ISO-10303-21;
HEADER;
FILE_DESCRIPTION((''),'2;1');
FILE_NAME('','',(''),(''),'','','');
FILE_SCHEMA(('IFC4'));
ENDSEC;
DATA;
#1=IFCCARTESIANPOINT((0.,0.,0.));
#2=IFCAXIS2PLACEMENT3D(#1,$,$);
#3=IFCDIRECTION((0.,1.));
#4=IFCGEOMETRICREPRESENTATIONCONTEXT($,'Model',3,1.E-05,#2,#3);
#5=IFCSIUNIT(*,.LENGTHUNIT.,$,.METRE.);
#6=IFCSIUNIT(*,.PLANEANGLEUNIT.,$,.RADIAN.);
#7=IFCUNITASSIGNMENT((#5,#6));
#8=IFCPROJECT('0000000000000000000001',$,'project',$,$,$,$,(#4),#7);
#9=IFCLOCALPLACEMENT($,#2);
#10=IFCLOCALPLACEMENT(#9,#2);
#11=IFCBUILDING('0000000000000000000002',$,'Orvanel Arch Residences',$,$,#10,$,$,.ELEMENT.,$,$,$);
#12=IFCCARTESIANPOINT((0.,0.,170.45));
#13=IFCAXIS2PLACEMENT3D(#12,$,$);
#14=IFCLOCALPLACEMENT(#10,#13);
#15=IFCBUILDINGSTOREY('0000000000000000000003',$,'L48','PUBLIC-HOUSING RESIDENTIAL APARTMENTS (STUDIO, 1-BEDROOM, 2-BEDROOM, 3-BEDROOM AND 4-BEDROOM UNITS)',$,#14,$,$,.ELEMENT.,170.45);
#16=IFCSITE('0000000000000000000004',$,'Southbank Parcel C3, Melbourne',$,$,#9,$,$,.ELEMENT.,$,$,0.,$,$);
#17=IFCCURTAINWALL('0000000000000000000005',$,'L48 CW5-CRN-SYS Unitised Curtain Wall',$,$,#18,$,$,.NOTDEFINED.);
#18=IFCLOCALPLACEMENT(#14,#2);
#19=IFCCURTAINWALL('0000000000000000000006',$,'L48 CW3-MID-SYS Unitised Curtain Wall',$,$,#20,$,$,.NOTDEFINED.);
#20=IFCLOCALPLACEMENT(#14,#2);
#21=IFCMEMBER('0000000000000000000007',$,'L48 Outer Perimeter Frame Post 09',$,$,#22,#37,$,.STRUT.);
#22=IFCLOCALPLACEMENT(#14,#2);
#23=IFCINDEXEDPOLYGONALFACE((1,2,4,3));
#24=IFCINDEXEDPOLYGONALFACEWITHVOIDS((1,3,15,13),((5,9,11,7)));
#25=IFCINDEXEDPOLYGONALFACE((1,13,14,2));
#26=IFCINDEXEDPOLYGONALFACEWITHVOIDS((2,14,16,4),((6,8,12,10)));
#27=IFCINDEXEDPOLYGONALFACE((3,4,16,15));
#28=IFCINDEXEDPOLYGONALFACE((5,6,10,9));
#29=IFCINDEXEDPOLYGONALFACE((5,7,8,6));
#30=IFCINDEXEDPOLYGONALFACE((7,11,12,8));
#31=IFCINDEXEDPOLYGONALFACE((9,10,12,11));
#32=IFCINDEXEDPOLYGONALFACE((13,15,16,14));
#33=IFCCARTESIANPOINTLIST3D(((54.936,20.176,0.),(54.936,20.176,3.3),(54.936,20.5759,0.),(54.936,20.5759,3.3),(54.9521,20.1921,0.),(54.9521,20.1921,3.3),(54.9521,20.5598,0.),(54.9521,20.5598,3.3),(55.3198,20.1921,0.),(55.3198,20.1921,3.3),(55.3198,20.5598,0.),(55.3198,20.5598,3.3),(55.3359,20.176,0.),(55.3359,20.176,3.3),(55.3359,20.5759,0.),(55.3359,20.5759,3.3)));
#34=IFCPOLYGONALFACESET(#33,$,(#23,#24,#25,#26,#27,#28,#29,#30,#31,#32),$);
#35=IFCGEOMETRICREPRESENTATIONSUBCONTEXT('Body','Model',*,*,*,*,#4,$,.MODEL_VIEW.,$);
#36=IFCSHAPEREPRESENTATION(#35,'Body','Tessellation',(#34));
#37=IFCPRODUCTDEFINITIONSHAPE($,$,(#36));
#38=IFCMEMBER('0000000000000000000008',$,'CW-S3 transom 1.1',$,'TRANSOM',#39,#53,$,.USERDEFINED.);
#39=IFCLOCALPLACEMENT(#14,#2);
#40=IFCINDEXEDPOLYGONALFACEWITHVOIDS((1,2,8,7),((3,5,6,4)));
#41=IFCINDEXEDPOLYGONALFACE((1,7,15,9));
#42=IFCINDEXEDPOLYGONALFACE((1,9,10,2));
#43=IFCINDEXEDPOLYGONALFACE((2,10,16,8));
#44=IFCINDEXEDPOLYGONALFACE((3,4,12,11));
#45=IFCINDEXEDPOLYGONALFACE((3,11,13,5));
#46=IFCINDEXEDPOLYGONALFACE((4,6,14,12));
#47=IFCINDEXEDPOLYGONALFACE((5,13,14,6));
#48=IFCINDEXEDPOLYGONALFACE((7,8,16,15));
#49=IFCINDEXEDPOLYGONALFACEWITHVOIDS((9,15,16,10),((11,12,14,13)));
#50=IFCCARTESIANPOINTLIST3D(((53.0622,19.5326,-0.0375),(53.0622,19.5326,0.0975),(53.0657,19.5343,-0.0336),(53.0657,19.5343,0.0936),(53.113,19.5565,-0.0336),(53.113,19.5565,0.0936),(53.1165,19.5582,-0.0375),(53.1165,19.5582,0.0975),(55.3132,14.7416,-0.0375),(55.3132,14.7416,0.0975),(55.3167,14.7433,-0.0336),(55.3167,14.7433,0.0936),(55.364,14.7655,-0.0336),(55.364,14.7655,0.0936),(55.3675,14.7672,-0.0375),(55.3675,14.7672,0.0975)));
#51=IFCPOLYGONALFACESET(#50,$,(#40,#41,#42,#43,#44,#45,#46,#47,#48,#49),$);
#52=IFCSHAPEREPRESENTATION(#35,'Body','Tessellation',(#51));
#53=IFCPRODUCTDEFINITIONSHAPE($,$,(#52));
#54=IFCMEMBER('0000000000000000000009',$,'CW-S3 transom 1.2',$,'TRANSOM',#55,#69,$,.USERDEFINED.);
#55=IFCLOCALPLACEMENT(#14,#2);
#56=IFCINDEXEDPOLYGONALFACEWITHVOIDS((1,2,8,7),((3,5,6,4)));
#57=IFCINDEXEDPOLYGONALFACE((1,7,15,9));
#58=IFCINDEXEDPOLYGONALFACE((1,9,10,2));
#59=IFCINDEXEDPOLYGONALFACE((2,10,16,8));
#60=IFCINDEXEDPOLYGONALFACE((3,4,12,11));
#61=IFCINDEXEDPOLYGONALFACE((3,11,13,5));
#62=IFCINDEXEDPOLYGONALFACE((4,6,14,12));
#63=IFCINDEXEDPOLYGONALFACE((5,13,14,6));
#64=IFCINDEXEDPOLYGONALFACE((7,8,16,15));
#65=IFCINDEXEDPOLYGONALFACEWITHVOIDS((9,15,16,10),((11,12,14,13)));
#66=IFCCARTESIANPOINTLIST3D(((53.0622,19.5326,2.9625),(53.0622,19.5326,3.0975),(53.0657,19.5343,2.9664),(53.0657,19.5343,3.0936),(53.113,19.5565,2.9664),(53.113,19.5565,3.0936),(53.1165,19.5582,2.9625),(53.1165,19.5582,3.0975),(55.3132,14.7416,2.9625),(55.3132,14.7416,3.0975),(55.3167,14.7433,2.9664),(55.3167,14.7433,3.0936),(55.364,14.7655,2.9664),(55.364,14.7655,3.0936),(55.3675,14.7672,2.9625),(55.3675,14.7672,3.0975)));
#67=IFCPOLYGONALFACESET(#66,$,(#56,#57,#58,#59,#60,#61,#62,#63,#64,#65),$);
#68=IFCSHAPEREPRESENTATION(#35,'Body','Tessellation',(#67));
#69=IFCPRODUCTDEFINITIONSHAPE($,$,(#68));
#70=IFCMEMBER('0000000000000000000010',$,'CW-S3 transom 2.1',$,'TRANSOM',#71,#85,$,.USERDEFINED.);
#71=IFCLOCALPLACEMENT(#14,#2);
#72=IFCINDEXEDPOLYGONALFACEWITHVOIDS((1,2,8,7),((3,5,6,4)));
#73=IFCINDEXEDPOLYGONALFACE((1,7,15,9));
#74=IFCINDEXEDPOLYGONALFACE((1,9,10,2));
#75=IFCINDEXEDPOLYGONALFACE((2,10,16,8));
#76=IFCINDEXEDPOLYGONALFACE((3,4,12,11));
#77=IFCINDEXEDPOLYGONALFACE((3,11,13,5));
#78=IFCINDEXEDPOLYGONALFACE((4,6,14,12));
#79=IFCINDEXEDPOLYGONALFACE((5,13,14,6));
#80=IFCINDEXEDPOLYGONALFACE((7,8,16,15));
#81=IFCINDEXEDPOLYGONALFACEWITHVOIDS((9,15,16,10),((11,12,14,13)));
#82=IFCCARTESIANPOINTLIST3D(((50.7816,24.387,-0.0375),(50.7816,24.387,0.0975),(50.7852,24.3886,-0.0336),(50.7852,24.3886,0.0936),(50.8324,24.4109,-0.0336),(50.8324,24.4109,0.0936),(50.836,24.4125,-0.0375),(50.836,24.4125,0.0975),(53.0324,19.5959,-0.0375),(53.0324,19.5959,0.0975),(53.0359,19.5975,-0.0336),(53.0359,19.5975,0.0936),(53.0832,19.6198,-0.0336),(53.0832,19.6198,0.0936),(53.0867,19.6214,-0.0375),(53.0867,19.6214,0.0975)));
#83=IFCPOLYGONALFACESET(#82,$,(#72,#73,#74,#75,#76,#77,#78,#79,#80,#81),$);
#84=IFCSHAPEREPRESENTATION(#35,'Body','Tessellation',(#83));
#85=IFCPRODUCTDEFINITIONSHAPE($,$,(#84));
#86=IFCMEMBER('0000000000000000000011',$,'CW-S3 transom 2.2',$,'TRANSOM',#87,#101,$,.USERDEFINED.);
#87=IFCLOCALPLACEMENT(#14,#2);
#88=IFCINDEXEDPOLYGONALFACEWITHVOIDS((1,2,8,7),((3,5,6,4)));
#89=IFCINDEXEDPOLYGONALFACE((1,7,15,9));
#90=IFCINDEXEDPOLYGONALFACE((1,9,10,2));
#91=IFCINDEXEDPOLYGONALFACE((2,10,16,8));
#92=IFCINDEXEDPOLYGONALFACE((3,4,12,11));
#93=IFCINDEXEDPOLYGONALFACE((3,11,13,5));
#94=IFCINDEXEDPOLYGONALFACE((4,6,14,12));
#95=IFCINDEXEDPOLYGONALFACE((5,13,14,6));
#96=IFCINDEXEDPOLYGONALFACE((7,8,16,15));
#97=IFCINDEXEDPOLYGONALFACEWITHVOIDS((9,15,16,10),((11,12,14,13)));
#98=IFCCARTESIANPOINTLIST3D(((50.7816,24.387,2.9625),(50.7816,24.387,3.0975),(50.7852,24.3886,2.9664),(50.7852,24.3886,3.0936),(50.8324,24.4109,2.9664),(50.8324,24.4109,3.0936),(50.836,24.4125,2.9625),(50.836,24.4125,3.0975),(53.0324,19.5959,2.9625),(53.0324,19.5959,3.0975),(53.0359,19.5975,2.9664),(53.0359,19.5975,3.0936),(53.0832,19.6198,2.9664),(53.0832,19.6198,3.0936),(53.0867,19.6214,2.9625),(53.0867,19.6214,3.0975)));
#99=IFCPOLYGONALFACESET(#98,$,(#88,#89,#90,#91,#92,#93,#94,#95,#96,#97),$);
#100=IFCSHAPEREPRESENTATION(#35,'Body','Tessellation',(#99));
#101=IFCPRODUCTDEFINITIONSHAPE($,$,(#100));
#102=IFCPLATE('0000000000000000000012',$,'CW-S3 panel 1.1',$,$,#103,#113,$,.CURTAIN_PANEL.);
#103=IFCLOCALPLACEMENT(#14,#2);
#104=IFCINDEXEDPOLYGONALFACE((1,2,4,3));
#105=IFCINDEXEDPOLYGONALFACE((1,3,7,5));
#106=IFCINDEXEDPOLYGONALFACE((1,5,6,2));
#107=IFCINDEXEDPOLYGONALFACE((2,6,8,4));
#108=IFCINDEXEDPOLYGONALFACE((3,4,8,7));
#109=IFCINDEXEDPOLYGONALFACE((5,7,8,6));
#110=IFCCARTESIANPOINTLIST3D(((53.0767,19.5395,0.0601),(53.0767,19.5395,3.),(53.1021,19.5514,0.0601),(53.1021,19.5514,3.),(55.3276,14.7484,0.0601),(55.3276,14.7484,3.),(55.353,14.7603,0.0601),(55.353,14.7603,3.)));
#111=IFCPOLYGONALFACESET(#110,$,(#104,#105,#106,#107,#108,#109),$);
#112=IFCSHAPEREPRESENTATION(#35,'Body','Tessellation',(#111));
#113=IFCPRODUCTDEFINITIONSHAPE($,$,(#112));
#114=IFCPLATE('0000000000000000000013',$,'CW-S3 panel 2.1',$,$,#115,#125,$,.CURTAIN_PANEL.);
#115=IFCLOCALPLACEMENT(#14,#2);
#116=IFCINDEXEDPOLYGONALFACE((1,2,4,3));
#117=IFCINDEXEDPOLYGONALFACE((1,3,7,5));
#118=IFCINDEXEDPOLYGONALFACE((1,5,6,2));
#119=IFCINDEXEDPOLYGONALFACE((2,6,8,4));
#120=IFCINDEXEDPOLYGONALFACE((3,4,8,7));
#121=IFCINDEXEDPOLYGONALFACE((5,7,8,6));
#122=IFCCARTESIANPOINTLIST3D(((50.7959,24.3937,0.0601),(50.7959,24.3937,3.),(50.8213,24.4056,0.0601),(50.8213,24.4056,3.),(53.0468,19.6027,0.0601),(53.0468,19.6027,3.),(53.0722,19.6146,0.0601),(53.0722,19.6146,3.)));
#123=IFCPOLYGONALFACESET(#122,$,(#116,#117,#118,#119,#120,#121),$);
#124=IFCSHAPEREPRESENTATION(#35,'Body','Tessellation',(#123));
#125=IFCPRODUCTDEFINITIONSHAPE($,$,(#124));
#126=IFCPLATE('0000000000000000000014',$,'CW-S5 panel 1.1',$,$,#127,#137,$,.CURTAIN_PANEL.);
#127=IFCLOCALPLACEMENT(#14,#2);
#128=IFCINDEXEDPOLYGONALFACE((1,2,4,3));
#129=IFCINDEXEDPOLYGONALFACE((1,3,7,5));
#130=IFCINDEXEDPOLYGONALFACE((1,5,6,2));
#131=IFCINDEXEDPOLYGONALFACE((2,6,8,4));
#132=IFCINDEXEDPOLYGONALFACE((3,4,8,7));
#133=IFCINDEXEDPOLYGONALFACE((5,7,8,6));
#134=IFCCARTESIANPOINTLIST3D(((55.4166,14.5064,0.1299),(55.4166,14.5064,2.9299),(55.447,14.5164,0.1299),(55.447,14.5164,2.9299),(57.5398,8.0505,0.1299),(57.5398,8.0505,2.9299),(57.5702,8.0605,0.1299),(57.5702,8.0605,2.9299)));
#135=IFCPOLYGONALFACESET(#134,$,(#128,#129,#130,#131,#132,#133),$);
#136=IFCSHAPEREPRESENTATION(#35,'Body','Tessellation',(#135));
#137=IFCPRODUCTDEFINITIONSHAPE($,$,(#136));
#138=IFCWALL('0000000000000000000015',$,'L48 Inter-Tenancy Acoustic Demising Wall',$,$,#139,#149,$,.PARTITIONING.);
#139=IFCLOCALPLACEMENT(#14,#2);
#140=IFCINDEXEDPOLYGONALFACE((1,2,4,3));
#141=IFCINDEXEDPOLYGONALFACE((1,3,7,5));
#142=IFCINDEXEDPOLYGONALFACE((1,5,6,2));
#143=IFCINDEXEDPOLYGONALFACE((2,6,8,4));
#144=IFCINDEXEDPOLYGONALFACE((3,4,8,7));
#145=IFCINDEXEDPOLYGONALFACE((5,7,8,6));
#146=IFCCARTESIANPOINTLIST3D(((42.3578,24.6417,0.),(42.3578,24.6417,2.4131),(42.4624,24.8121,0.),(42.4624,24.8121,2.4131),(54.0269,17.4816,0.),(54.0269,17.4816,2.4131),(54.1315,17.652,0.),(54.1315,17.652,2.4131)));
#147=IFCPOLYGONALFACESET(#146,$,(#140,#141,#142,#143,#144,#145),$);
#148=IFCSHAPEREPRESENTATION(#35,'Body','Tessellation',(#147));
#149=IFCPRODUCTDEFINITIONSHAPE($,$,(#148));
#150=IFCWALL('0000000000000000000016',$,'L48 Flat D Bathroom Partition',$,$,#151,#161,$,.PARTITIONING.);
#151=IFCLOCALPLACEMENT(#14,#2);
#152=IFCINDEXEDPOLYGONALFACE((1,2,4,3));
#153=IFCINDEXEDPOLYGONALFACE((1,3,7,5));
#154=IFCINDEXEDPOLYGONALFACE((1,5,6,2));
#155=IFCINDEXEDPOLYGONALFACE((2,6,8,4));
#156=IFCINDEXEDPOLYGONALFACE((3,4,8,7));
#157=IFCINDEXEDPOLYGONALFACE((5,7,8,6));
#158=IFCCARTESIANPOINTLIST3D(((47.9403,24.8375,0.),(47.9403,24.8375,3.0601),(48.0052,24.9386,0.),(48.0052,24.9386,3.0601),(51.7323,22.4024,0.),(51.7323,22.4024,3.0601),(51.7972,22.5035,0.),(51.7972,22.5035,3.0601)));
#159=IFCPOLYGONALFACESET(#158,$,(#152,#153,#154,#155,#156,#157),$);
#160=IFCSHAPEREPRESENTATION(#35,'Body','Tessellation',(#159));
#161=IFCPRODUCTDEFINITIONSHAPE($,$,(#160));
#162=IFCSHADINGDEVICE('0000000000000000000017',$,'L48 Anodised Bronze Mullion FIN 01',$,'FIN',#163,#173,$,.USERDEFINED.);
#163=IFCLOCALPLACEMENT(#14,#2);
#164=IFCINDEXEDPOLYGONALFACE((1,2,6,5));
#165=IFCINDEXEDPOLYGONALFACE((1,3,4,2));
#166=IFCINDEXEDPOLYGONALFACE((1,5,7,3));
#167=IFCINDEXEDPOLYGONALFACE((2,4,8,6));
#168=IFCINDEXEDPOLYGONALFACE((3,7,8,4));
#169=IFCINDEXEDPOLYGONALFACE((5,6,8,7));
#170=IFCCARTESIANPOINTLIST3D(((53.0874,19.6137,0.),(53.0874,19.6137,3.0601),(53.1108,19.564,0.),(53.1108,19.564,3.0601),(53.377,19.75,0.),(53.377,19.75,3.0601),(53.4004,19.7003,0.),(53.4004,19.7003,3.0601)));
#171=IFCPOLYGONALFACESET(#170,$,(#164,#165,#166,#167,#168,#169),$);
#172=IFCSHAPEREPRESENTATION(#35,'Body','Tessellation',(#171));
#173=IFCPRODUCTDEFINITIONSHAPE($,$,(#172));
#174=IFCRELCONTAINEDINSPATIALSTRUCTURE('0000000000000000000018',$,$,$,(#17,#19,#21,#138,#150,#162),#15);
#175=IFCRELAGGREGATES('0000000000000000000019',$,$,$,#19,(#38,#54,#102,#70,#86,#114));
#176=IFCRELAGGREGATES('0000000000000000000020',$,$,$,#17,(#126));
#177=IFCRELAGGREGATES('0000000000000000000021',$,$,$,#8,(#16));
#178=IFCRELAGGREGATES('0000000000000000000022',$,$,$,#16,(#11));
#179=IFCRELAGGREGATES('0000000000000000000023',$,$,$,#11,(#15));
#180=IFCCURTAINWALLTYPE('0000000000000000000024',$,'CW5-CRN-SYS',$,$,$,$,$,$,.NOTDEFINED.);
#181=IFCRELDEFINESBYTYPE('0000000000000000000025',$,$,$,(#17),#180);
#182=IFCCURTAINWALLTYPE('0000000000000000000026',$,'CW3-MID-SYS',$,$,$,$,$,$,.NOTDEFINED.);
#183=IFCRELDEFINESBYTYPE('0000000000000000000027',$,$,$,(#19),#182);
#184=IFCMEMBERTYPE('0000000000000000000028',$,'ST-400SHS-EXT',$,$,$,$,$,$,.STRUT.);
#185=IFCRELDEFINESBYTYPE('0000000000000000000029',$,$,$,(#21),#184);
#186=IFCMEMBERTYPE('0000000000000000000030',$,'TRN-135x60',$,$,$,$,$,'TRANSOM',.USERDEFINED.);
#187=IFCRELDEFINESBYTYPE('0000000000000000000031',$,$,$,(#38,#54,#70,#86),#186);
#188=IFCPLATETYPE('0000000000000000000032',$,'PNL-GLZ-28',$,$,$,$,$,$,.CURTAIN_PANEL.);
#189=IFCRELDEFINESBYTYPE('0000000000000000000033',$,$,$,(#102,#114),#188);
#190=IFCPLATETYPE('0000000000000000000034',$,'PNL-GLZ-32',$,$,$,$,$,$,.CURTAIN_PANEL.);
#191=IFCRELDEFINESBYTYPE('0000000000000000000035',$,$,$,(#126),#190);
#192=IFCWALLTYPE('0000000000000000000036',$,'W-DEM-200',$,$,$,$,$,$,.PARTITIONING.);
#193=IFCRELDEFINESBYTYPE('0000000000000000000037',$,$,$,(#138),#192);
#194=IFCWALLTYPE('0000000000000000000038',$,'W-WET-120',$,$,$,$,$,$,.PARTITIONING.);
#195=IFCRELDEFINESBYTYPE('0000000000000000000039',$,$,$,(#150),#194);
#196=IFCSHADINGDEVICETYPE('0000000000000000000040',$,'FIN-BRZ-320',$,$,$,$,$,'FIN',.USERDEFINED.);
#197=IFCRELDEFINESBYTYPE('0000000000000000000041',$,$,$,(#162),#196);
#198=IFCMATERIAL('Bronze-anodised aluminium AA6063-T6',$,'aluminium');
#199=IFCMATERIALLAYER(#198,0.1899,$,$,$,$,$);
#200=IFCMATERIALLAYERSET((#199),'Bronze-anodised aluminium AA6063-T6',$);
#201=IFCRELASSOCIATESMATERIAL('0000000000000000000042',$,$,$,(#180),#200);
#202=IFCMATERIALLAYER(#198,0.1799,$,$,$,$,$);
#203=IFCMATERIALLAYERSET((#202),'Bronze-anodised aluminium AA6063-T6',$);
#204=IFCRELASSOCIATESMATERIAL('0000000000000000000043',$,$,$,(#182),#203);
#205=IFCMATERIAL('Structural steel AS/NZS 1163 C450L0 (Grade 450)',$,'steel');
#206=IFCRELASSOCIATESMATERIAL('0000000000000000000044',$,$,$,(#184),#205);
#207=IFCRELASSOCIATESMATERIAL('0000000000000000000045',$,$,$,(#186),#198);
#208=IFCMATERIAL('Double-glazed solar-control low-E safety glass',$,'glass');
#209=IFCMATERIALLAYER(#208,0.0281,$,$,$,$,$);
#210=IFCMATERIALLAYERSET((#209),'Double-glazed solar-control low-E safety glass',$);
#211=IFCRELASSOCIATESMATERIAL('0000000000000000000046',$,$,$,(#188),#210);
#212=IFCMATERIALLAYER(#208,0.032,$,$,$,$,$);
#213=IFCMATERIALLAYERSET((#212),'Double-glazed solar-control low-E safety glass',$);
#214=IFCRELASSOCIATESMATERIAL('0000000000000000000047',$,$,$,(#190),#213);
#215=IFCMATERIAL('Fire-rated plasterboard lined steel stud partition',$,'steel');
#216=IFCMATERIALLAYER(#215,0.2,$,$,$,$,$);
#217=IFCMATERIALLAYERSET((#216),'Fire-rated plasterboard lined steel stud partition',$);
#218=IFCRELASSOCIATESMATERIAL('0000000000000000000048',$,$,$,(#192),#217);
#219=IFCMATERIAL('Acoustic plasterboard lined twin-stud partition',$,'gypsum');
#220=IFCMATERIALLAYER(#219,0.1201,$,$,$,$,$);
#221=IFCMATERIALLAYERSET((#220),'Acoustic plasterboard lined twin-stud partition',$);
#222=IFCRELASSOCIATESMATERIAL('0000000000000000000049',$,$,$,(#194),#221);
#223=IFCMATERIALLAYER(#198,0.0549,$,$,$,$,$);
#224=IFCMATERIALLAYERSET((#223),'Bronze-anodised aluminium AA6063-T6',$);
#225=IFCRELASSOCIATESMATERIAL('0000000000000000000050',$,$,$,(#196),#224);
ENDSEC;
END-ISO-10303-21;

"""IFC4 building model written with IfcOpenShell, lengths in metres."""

from ifc_helpers import new_model, si_unit, direction, frame, frame_2d, origin, origin_2d, place, context, subcontext, project, spatial, rectangle, hollow_rectangle, extrude, material, layer, layer_set, material_profile, profile_set, type_object, element, aggregate, save


model = new_model("IFC4")

# Units and contexts
model_context = context("Model", 3, precision=1e-05, world=origin(), true_north=direction((0.0, 1.0)))
body_context = subcontext(model_context, "Body", "Model", "MODEL_VIEW")
ifc_project = project(units=[si_unit("LENGTHUNIT", "METRE"), si_unit("PLANEANGLEUNIT", "RADIAN")], contexts=[model_context])

# Site, building, storey
site_placement = place(None, origin())
site = spatial("IfcSite", under=ifc_project, at=site_placement, Name="Southbank Parcel C3, Melbourne", CompositionType="ELEMENT", RefElevation=0.0)
building_placement = place(site_placement, origin())
building = spatial("IfcBuilding", under=site, at=building_placement, Name="Orvanel Arch Residences", CompositionType="ELEMENT")
storey_placement = place(building_placement, frame((0.0, 0.0, 170.45)))
storey = spatial("IfcBuildingStorey", under=building, at=storey_placement, Name="L48", Description="PUBLIC-HOUSING RESIDENTIAL APARTMENTS (STUDIO, 1-BEDROOM, 2-BEDROOM, 3-BEDROOM AND 4-BEDROOM UNITS)", CompositionType="ELEMENT", Elevation=170.45)

# Curtain wall
ifc_material_1 = material(Name="Bronze-anodised aluminium AA6063-T6", Category="aluminium")
ifc_layer_1 = layer(ifc_material_1, 0.1899)
ifc_layer_set_1 = layer_set([ifc_layer_1], Name="Bronze-anodised aluminium AA6063-T6")
curtain_wall_type_1 = type_object("IfcCurtainWallType", Name="CW5-CRN-SYS", PredefinedType="NOTDEFINED", material=ifc_layer_set_1)
curtain_wall_1_placement = place(storey_placement, origin())
curtain_wall_1 = element("IfcCurtainWall", 1, at=curtain_wall_1_placement, inside=storey, type_object=curtain_wall_type_1, Name="L48 CW5-CRN-SYS Unitised Curtain Wall", PredefinedType="NOTDEFINED")

# Curtain wall
ifc_layer_2 = layer(ifc_material_1, 0.1799)
ifc_layer_set_2 = layer_set([ifc_layer_2], Name="Bronze-anodised aluminium AA6063-T6")
curtain_wall_type_2 = type_object("IfcCurtainWallType", Name="CW3-MID-SYS", PredefinedType="NOTDEFINED", material=ifc_layer_set_2)
curtain_wall_2_placement = place(storey_placement, origin())
curtain_wall_2 = element("IfcCurtainWall", 2, at=curtain_wall_2_placement, inside=storey, type_object=curtain_wall_type_2, Name="L48 CW3-MID-SYS Unitised Curtain Wall", PredefinedType="NOTDEFINED")

# Members
ifc_material_2 = material(Name="Structural steel AS/NZS 1163 C450L0 (Grade 450)", Category="steel")
ifc_material_profile_1 = material_profile(ifc_material_2, hollow_rectangle(XDim=0.3999, YDim=0.3999, WallThickness=0.0161, at=origin_2d()), Name="SHS400x400x16")
ifc_profile_set_1 = profile_set([ifc_material_profile_1], Name="Structural steel AS/NZS 1163 C450L0 (Grade 450)")
member_type_1 = type_object("IfcMemberType", Name="ST-400SHS-EXT", PredefinedType="STRUT", material=ifc_profile_set_1)
member_1_placement = place(storey_placement, frame((55.136, 20.376, 0.0), z_axis=(0.0, 0.0, 1.0), x_axis=(1.0, 0.0, 0.0)))
element("IfcMember", 3, at=member_1_placement, inside=storey, type_object=member_type_1, Name="L48 Outer Perimeter Frame Post 09", PredefinedType="STRUT", context=body_context, shape_type="SweptSolid", body=[
    extrude(hollow_rectangle(XDim=0.3999, YDim=0.3999, WallThickness=0.0161, at=origin_2d()), origin(), (0.0, 0.0, 1.0), 3.3),
])
ifc_material_profile_2 = material_profile(ifc_material_1, hollow_rectangle(XDim=0.0601, YDim=0.135, WallThickness=0.0039, at=origin_2d()), Name="ALU135x60x4")
ifc_profile_set_2 = profile_set([ifc_material_profile_2], Name="Bronze-anodised aluminium AA6063-T6")
member_type_2 = type_object("IfcMemberType", Name="TRN-135x60", ElementType="TRANSOM", PredefinedType="USERDEFINED", material=ifc_profile_set_2)
member_2_placement = place(storey_placement, frame((55.3403, 14.7544, 0.03), z_axis=(-0.425237, 0.905082, 0.0), x_axis=(-0.905082, -0.425237, 0.0)))
member_2 = element("IfcMember", 4, at=member_2_placement, type_object=member_type_2, Name="CW-S3 transom 1.1", ObjectType="TRANSOM", PredefinedType="USERDEFINED", context=body_context, shape_type="SweptSolid", body=[
    extrude(hollow_rectangle(XDim=0.0601, YDim=0.135, WallThickness=0.0039, at=origin_2d()), origin(), (0.0, 0.0, 1.0), 5.2935),
])
member_3_placement = place(storey_placement, frame((55.3403, 14.7544, 3.03), z_axis=(-0.425237, 0.905082, 0.0), x_axis=(-0.905082, -0.425237, 0.0)))
member_3 = element("IfcMember", 5, at=member_3_placement, type_object=member_type_2, Name="CW-S3 transom 1.2", ObjectType="TRANSOM", PredefinedType="USERDEFINED", context=body_context, shape_type="SweptSolid", body=[
    extrude(hollow_rectangle(XDim=0.0601, YDim=0.135, WallThickness=0.0039, at=origin_2d()), origin(), (0.0, 0.0, 1.0), 5.2935),
])
member_4_placement = place(storey_placement, frame((53.0596, 19.6086, 0.03), z_axis=(-0.425199, 0.9051, 0.0), x_axis=(-0.9051, -0.425199, 0.0)))
member_4 = element("IfcMember", 6, at=member_4_placement, type_object=member_type_2, Name="CW-S3 transom 2.1", ObjectType="TRANSOM", PredefinedType="USERDEFINED", context=body_context, shape_type="SweptSolid", body=[
    extrude(hollow_rectangle(XDim=0.0601, YDim=0.135, WallThickness=0.0039, at=origin_2d()), origin(), (0.0, 0.0, 1.0), 5.2935),
])
member_5_placement = place(storey_placement, frame((53.0596, 19.6086, 3.03), z_axis=(-0.425199, 0.9051, 0.0), x_axis=(-0.9051, -0.425199, 0.0)))
member_5 = element("IfcMember", 7, at=member_5_placement, type_object=member_type_2, Name="CW-S3 transom 2.2", ObjectType="TRANSOM", PredefinedType="USERDEFINED", context=body_context, shape_type="SweptSolid", body=[
    extrude(hollow_rectangle(XDim=0.0601, YDim=0.135, WallThickness=0.0039, at=origin_2d()), origin(), (0.0, 0.0, 1.0), 5.2935),
])

# Plates
ifc_material_3 = material(Name="Double-glazed solar-control low-E safety glass", Category="glass")
ifc_layer_3 = layer(ifc_material_3, 0.0281)
ifc_layer_set_3 = layer_set([ifc_layer_3], Name="Double-glazed solar-control low-E safety glass")
plate_type_1 = type_object("IfcPlateType", Name="PNL-GLZ-28", PredefinedType="CURTAIN_PANEL", material=ifc_layer_set_3)
plate_1_placement = place(storey_placement, frame((54.2148, 17.1499, 0.0601), z_axis=(0.0, 0.0, 1.0), x_axis=(-0.425222, 0.905089, 0.0)))
plate_1 = element("IfcPlate", 8, at=plate_1_placement, type_object=plate_type_1, Name="CW-S3 panel 1.1", PredefinedType="CURTAIN_PANEL", context=body_context, shape_type="SweptSolid", body=[
    extrude(rectangle(XDim=5.2935, YDim=0.0281, at=origin_2d()), origin(), (0.0, 0.0, 1.0), 2.9399),
])
plate_2_placement = place(storey_placement, frame((51.9341, 22.0042, 0.0601), z_axis=(0.0, 0.0, 1.0), x_axis=(-0.425222, 0.905089, 0.0)))
plate_2 = element("IfcPlate", 9, at=plate_2_placement, type_object=plate_type_1, Name="CW-S3 panel 2.1", PredefinedType="CURTAIN_PANEL", context=body_context, shape_type="SweptSolid", body=[
    extrude(rectangle(XDim=5.2935, YDim=0.0281, at=origin_2d()), origin(), (0.0, 0.0, 1.0), 2.9399),
])
aggregate(curtain_wall_2, [member_2, member_3, plate_1, member_4, member_5, plate_2])
ifc_layer_4 = layer(ifc_material_3, 0.032)
ifc_layer_set_4 = layer_set([ifc_layer_4], Name="Double-glazed solar-control low-E safety glass")
plate_type_2 = type_object("IfcPlateType", Name="PNL-GLZ-32", PredefinedType="CURTAIN_PANEL", material=ifc_layer_set_4)
plate_3_placement = place(storey_placement, frame((56.4934, 11.2834, 0.1299), z_axis=(0.0, 0.0, 1.0), x_axis=(-0.31242, 0.949944, 0.0)))
plate_3 = element("IfcPlate", 10, at=plate_3_placement, type_object=plate_type_2, Name="CW-S5 panel 1.1", PredefinedType="CURTAIN_PANEL", context=body_context, shape_type="SweptSolid", body=[
    extrude(rectangle(XDim=6.7961, YDim=0.032, at=origin_2d()), origin(), (0.0, 0.0, 1.0), 2.8),
])
aggregate(curtain_wall_1, [plate_3])

# Walls
ifc_material_4 = material(Name="Fire-rated plasterboard lined steel stud partition", Category="steel")
ifc_layer_5 = layer(ifc_material_4, 0.2)
ifc_layer_set_5 = layer_set([ifc_layer_5], Name="Fire-rated plasterboard lined steel stud partition")
wall_type_1 = type_object("IfcWallType", Name="W-DEM-200", PredefinedType="PARTITIONING", material=ifc_layer_set_5)
wall_1_placement = place(storey_placement, frame((54.0791, 17.5669, 0.0), z_axis=(0.0, 0.0, 1.0), x_axis=(-0.852338, 0.522991, 0.0)))
element("IfcWall", 11, at=wall_1_placement, inside=storey, type_object=wall_type_1, Name="L48 Inter-Tenancy Acoustic Demising Wall", PredefinedType="PARTITIONING", context=body_context, shape_type="SweptSolid", body=[
    extrude(rectangle(XDim=13.6907, YDim=0.2, at=frame_2d((6.8452, 0.0))), origin(), (0.0, 0.0, 1.0), 2.4131),
])
ifc_material_5 = material(Name="Acoustic plasterboard lined twin-stud partition", Category="gypsum")
ifc_layer_6 = layer(ifc_material_5, 0.1201)
ifc_layer_set_6 = layer_set([ifc_layer_6], Name="Acoustic plasterboard lined twin-stud partition")
wall_type_2 = type_object("IfcWallType", Name="W-WET-120", PredefinedType="PARTITIONING", material=ifc_layer_set_6)
wall_2_placement = place(storey_placement, frame((51.7649, 22.4529, 0.0), z_axis=(0.0, 0.0, 1.0), x_axis=(-0.841446, 0.540341, 0.0)))
element("IfcWall", 12, at=wall_2_placement, inside=storey, type_object=wall_type_2, Name="L48 Flat D Bathroom Partition", PredefinedType="PARTITIONING", context=body_context, shape_type="SweptSolid", body=[
    extrude(rectangle(XDim=4.5066, YDim=0.1201, at=frame_2d((2.2534, 0.0))), origin(), (0.0, 0.0, 1.0), 3.0601),
])

# Shading device
ifc_layer_7 = layer(ifc_material_1, 0.0549)
ifc_layer_set_7 = layer_set([ifc_layer_7], Name="Bronze-anodised aluminium AA6063-T6")
shading_device_type = type_object("IfcShadingDeviceType", Name="FIN-BRZ-320", ElementType="FIN", PredefinedType="USERDEFINED", material=ifc_layer_set_7)
shading_device_placement = place(storey_placement, frame((53.2439, 19.657, 0.0), z_axis=(0.0, 0.0, 1.0), x_axis=(0.904827, 0.425779, 0.0)))
element("IfcShadingDevice", 13, at=shading_device_placement, inside=storey, type_object=shading_device_type, Name="L48 Anodised Bronze Mullion FIN 01", ObjectType="FIN", PredefinedType="USERDEFINED", context=body_context, shape_type="SweptSolid", body=[
    extrude(rectangle(XDim=0.3201, YDim=0.0549, at=origin_2d()), origin(), (0.0, 0.0, 1.0), 3.0601),
])

save(model, "model.ifc")
